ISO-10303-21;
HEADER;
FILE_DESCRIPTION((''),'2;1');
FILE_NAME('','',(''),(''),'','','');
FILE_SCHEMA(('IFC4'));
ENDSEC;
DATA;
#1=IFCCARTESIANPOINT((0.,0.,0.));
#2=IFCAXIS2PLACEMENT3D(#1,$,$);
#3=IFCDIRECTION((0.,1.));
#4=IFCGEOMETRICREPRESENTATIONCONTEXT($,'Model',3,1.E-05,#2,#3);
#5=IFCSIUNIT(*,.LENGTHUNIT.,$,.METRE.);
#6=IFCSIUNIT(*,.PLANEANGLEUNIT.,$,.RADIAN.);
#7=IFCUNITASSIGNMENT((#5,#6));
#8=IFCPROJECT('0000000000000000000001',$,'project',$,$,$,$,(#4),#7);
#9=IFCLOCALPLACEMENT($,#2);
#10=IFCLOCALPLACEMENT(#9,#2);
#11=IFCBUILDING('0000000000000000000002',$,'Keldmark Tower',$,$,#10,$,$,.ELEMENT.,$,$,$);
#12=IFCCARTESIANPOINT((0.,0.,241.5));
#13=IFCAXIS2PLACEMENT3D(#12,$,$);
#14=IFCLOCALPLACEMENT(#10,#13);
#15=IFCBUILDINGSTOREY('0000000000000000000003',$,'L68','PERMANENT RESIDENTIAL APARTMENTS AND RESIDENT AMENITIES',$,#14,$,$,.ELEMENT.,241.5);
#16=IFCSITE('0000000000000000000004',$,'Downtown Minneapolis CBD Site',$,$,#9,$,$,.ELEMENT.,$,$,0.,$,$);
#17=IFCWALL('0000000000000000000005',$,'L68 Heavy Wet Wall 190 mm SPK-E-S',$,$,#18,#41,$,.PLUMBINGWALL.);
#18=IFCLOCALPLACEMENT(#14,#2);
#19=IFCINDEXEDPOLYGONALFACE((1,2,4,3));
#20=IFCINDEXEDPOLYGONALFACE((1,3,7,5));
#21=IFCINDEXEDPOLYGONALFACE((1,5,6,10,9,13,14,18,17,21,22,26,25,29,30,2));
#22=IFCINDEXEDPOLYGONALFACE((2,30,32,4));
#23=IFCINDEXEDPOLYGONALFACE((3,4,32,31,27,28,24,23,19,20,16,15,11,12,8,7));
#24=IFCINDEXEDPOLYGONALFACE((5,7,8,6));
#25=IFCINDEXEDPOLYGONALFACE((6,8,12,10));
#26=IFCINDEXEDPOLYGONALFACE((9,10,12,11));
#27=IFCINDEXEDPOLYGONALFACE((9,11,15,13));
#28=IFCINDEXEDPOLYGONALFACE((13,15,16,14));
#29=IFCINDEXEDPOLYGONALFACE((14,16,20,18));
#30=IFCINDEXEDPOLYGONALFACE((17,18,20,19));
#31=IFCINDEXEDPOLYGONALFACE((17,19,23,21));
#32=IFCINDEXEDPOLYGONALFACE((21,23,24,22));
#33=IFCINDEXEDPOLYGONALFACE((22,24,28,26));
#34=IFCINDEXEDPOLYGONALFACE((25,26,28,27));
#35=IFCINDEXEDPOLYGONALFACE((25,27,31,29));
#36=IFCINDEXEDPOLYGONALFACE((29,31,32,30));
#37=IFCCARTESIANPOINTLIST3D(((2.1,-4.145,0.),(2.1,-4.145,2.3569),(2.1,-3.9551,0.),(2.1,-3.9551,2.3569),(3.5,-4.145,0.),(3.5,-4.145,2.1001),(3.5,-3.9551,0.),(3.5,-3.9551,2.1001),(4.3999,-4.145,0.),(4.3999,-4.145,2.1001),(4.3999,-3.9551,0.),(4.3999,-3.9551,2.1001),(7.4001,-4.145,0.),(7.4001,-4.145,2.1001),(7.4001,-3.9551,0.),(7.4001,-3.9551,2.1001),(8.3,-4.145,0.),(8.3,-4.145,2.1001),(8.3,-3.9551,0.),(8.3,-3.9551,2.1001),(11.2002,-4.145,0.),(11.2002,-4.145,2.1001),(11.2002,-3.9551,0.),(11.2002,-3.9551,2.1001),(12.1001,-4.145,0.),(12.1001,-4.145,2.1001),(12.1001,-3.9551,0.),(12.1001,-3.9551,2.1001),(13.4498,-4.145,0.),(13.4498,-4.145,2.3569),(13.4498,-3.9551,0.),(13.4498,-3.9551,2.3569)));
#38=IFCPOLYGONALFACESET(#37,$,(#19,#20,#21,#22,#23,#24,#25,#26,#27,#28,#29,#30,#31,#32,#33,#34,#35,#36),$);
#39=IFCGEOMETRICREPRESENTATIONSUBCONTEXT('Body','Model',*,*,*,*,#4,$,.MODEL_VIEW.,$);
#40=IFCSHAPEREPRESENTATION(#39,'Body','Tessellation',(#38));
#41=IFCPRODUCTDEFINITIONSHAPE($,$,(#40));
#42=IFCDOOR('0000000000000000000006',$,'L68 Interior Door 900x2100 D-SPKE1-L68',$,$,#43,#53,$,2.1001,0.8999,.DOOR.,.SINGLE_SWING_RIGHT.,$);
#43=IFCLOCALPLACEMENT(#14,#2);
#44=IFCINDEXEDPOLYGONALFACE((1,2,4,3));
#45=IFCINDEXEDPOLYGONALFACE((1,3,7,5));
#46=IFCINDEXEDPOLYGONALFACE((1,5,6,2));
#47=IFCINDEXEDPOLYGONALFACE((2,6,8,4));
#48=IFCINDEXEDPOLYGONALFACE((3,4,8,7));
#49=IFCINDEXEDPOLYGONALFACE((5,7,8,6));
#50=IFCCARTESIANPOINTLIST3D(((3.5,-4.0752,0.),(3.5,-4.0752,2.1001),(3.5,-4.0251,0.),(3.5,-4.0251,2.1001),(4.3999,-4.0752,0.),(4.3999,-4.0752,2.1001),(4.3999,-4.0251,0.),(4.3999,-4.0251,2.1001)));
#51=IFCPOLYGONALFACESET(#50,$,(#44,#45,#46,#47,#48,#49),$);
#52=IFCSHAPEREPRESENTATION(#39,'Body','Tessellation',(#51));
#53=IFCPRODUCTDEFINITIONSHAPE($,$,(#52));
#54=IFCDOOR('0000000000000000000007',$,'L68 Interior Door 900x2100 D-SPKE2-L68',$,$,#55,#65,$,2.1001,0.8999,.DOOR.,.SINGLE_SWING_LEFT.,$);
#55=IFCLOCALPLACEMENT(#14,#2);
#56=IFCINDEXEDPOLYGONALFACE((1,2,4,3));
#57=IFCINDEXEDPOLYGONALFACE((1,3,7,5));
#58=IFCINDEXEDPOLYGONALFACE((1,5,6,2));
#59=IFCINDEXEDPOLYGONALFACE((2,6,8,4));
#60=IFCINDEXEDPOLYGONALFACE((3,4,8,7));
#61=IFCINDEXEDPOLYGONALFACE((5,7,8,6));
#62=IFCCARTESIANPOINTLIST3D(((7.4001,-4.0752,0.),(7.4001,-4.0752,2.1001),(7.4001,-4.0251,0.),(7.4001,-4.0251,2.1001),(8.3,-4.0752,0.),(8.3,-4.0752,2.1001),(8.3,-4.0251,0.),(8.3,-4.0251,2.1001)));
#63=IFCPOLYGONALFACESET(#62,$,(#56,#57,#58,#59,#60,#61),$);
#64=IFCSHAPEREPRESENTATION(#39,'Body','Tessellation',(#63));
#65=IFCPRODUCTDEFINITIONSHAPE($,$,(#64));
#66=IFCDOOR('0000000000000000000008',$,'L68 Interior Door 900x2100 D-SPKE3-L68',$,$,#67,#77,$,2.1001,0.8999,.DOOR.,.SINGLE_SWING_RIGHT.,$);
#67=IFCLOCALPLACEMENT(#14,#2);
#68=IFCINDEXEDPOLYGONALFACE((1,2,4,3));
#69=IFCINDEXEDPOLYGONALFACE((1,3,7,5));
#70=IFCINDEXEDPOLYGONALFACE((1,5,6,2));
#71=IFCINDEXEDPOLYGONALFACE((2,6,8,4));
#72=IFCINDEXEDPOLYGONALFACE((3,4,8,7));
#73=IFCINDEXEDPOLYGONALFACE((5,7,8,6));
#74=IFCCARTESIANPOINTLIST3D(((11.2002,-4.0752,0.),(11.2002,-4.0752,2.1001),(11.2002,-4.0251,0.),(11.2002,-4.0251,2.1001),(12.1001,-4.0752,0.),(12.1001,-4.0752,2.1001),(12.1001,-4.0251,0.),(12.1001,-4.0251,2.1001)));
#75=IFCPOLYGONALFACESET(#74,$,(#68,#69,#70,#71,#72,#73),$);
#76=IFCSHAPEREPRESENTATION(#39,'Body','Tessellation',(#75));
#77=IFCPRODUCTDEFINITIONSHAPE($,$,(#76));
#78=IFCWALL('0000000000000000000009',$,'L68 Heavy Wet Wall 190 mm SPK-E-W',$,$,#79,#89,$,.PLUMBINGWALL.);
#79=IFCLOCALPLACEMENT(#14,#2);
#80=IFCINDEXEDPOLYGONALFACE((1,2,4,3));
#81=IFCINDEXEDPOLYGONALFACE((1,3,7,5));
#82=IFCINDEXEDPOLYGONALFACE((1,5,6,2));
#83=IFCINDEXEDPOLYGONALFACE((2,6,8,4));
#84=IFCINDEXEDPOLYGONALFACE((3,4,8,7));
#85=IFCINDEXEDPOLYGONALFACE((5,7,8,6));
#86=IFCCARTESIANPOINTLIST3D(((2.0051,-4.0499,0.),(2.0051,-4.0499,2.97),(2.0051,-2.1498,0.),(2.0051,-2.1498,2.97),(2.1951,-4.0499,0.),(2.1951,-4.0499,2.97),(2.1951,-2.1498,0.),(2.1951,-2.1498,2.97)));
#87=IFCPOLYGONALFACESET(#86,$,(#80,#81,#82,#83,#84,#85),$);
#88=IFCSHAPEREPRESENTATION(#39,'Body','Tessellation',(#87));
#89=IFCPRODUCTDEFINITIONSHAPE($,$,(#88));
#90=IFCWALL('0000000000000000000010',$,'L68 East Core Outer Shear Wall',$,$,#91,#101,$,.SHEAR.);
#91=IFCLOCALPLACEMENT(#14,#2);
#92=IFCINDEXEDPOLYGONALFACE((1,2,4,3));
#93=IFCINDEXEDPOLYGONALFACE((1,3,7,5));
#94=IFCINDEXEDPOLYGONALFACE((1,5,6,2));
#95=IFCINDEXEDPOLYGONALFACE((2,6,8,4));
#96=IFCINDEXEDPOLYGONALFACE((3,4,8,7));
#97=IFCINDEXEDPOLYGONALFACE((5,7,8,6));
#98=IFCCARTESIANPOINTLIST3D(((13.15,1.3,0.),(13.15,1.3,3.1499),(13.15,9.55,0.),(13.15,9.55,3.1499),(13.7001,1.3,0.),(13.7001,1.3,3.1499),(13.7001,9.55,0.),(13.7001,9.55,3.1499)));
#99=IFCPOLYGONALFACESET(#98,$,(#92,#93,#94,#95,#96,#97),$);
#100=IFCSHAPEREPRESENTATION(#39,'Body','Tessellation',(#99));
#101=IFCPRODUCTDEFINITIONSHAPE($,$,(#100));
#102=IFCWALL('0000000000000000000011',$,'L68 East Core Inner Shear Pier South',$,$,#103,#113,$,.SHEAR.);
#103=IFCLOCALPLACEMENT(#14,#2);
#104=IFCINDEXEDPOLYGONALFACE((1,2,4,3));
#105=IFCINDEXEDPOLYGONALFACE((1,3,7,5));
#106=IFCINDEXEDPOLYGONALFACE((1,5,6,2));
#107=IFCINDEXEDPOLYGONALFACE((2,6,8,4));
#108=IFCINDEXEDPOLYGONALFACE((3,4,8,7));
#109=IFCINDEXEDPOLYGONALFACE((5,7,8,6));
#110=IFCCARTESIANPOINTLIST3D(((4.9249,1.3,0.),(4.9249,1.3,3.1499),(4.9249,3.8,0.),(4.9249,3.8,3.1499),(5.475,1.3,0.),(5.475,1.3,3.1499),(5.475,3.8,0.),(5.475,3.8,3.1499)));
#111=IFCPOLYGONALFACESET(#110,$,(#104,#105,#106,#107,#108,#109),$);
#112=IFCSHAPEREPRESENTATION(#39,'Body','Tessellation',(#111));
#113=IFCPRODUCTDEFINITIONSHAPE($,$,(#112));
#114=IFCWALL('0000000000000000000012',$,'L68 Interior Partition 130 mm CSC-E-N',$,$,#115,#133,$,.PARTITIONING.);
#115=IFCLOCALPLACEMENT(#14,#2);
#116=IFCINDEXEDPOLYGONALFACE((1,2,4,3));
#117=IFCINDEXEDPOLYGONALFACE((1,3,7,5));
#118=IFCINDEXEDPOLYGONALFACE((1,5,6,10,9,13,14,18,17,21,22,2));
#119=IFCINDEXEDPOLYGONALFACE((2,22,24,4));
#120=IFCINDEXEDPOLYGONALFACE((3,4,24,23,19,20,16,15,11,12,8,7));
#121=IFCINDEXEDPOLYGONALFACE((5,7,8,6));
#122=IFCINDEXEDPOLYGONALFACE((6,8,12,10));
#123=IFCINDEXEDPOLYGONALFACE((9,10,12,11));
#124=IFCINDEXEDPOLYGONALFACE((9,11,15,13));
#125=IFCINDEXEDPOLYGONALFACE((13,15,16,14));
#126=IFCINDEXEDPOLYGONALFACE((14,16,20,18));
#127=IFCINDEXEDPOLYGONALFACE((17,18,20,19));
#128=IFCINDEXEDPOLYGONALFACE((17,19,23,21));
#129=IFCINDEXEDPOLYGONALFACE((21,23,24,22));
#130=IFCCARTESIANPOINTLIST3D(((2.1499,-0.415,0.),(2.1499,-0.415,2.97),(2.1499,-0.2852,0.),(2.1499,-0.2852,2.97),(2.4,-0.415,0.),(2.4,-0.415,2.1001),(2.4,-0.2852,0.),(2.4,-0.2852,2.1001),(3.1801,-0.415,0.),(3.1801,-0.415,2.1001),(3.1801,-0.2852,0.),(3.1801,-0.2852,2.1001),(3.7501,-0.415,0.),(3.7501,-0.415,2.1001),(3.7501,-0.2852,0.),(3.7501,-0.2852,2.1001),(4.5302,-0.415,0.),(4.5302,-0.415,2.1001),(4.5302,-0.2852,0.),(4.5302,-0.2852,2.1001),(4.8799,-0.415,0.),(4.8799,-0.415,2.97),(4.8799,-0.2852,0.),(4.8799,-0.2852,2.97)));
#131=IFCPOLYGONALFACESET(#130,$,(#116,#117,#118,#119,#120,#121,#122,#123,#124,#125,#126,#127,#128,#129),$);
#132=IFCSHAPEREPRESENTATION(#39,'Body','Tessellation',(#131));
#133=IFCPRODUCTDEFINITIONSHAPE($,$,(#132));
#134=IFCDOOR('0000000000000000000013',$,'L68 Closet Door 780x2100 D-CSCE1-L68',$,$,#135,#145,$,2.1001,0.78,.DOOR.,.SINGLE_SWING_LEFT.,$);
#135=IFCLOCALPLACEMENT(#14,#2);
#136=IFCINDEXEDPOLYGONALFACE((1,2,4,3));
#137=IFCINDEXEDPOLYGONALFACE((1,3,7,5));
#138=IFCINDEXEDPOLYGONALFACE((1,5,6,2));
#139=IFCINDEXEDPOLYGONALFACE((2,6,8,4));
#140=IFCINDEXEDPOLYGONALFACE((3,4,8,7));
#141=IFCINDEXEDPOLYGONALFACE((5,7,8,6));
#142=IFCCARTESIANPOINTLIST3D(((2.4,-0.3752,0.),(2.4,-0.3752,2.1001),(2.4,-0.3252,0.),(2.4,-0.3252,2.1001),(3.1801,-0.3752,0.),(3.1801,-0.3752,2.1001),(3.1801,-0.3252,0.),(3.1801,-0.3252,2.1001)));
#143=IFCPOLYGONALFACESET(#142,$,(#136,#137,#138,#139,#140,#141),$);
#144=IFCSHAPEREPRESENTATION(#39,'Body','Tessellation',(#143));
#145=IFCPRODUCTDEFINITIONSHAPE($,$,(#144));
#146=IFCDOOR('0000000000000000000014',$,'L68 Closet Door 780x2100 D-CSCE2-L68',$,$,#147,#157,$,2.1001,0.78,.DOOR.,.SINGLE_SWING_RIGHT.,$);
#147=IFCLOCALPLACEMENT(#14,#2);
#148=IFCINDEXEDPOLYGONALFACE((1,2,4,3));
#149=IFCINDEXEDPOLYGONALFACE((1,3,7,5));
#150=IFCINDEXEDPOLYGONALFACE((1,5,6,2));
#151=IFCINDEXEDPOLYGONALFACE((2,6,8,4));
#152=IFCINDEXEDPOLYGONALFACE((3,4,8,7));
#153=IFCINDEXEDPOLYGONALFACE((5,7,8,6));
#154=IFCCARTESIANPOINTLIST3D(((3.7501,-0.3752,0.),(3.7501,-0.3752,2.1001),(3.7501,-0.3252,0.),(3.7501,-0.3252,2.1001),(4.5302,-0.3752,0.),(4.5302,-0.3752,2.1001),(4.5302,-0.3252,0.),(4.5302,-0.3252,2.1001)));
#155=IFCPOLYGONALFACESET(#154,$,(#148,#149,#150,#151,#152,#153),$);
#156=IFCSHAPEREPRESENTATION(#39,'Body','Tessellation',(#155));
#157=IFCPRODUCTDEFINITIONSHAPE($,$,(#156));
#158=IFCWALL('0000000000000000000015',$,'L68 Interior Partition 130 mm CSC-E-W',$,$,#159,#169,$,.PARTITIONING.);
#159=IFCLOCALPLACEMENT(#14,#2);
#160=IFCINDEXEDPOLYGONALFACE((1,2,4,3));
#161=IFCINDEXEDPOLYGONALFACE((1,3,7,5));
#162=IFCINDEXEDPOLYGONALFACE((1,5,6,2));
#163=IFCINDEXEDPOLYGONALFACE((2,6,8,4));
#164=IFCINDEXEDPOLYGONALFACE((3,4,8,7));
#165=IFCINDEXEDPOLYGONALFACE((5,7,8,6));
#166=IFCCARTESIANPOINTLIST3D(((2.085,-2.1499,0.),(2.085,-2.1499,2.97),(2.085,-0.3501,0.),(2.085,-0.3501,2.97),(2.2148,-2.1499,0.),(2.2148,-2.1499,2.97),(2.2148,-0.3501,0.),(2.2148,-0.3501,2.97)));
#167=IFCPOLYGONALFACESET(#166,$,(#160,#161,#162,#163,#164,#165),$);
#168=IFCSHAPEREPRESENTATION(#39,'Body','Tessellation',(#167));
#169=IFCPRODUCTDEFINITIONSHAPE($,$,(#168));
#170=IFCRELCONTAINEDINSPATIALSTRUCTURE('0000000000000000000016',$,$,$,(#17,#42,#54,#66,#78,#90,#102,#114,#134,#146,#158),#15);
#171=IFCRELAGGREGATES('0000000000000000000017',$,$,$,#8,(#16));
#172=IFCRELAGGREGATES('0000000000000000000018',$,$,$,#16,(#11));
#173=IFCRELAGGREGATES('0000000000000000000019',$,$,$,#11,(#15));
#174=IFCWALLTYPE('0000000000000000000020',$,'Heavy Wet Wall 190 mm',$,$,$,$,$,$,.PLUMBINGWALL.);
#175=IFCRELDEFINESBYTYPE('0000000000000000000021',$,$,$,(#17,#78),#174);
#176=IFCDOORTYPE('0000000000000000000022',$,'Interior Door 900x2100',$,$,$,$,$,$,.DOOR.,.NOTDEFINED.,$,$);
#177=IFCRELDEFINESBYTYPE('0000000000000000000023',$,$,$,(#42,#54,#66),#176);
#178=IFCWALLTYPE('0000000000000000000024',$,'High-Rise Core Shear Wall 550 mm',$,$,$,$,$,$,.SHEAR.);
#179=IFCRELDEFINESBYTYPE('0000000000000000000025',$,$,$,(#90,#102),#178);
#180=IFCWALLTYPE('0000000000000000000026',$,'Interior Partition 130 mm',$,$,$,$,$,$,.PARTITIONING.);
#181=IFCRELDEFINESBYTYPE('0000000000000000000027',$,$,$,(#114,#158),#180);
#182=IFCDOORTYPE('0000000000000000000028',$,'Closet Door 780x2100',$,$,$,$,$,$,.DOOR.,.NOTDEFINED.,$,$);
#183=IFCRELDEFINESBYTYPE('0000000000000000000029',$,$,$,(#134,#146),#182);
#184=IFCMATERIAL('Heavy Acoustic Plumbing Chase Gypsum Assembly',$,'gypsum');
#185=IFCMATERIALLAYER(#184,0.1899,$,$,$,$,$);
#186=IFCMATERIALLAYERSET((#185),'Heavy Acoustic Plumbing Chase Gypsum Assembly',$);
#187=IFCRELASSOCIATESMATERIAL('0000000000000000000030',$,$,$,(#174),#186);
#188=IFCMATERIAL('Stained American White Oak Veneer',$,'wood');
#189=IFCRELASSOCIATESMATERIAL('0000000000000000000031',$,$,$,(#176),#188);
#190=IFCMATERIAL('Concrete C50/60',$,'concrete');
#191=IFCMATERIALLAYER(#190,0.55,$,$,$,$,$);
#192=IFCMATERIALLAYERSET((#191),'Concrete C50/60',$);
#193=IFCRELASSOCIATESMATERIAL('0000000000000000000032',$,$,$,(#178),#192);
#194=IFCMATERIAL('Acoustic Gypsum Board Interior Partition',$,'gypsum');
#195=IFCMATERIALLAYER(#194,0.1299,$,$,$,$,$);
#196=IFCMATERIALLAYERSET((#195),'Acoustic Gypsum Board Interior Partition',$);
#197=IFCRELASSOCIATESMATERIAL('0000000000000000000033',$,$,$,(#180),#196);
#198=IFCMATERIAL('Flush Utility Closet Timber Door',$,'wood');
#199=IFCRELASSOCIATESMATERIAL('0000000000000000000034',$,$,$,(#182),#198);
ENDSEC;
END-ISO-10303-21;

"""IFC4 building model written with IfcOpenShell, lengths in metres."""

from ifc_helpers import new_model, si_unit, direction, frame, frame_2d, origin, place, context, subcontext, project, spatial, rectangle, extrude, material, layer, layer_set, type_object, element, fill, save


model = new_model("IFC4")

# Units and contexts
model_context = context("Model", 3, precision=1e-05, world=origin(), true_north=direction((0.0, 1.0)))
body_context = subcontext(model_context, "Body", "Model", "MODEL_VIEW")
ifc_project = project(units=[si_unit("LENGTHUNIT", "METRE"), si_unit("PLANEANGLEUNIT", "RADIAN")], contexts=[model_context])

# Site, building, storey
site_placement = place(None, origin())
site = spatial("IfcSite", under=ifc_project, at=site_placement, Name="Downtown Minneapolis CBD Site", CompositionType="ELEMENT", RefElevation=0.0)
building_placement = place(site_placement, origin())
building = spatial("IfcBuilding", under=site, at=building_placement, Name="Keldmark Tower", CompositionType="ELEMENT")
storey_placement = place(building_placement, frame((0.0, 0.0, 241.5)))
storey = spatial("IfcBuildingStorey", under=building, at=storey_placement, Name="L68", Description="PERMANENT RESIDENTIAL APARTMENTS AND RESIDENT AMENITIES", CompositionType="ELEMENT", Elevation=241.5)

# Wall, openings, doors
ifc_material_1 = material(Name="Heavy Acoustic Plumbing Chase Gypsum Assembly", Category="gypsum")
ifc_layer_1 = layer(ifc_material_1, 0.1899)
ifc_layer_set_1 = layer_set([ifc_layer_1], Name="Heavy Acoustic Plumbing Chase Gypsum Assembly")
wall_type_1 = type_object("IfcWallType", Name="Heavy Wet Wall 190 mm", PredefinedType="PLUMBINGWALL", material=ifc_layer_set_1)
wall_1_placement = place(storey_placement, frame((2.1001, -4.05, 0.0), z_axis=(0.0, 0.0, 1.0), x_axis=(1.0, 0.0, 0.0)))
wall_1 = element("IfcWall", 1, at=wall_1_placement, inside=storey, type_object=wall_type_1, Name="L68 Heavy Wet Wall 190 mm SPK-E-S", PredefinedType="PLUMBINGWALL", context=body_context, shape_type="SweptSolid", body=[
    extrude(rectangle(XDim=11.3499, YDim=0.1899, at=frame_2d((5.6748, 0.0))), origin(), (0.0, 0.0, 1.0), 2.3569),
])
opening_1_placement = place(wall_1_placement, frame((1.3999, 0.0, 0.0)))
opening_1 = element("IfcOpeningElement", 2, at=opening_1_placement, cuts=wall_1, PredefinedType="OPENING", context=body_context, shape_type="SweptSolid", body=[
    extrude(rectangle(XDim=0.8999, YDim=2.1001, at=frame_2d((0.45, 1.05))), frame((0.0, 0.105, 0.0), z_axis=(0.0, -1.0, 0.0), x_axis=(1.0, 0.0, 0.0)), (0.0, 0.0, 1.0), 0.21),
])
opening_2_placement = place(wall_1_placement, frame((5.3, 0.0, 0.0)))
opening_2 = element("IfcOpeningElement", 3, at=opening_2_placement, cuts=wall_1, PredefinedType="OPENING", context=body_context, shape_type="SweptSolid", body=[
    extrude(rectangle(XDim=0.8999, YDim=2.1001, at=frame_2d((0.45, 1.05))), frame((0.0, 0.105, 0.0), z_axis=(0.0, -1.0, 0.0), x_axis=(1.0, 0.0, 0.0)), (0.0, 0.0, 1.0), 0.21),
])
opening_3_placement = place(wall_1_placement, frame((9.1001, 0.0, 0.0)))
opening_3 = element("IfcOpeningElement", 4, at=opening_3_placement, cuts=wall_1, PredefinedType="OPENING", context=body_context, shape_type="SweptSolid", body=[
    extrude(rectangle(XDim=0.8999, YDim=2.1001, at=frame_2d((0.45, 1.05))), frame((0.0, 0.105, 0.0), z_axis=(0.0, -1.0, 0.0), x_axis=(1.0, 0.0, 0.0)), (0.0, 0.0, 1.0), 0.21),
])
ifc_material_2 = material(Name="Stained American White Oak Veneer", Category="wood")
door_type_1 = type_object("IfcDoorType", Name="Interior Door 900x2100", OperationType="NOTDEFINED", PredefinedType="DOOR", material=ifc_material_2)
door_1_placement = place(opening_1_placement, origin())
door_1 = element("IfcDoor", 5, at=door_1_placement, inside=storey, type_object=door_type_1, Name="L68 Interior Door 900x2100 D-SPKE1-L68", OperationType="SINGLE_SWING_RIGHT", OverallHeight=2.1001, OverallWidth=0.8999, PredefinedType="DOOR", context=body_context, shape_type="SweptSolid", body=[
    extrude(rectangle(XDim=0.8999, YDim=2.1001, at=frame_2d((0.45, 1.05))), frame((0.0, 0.0249, 0.0), z_axis=(0.0, -1.0, 0.0), x_axis=(1.0, 0.0, 0.0)), (0.0, 0.0, 1.0), 0.05),
])
fill(opening_1, door_1)
door_2_placement = place(opening_2_placement, origin())
door_2 = element("IfcDoor", 6, at=door_2_placement, inside=storey, type_object=door_type_1, Name="L68 Interior Door 900x2100 D-SPKE2-L68", OperationType="SINGLE_SWING_LEFT", OverallHeight=2.1001, OverallWidth=0.8999, PredefinedType="DOOR", context=body_context, shape_type="SweptSolid", body=[
    extrude(rectangle(XDim=0.8999, YDim=2.1001, at=frame_2d((0.45, 1.05))), frame((0.0, 0.0249, 0.0), z_axis=(0.0, -1.0, 0.0), x_axis=(1.0, 0.0, 0.0)), (0.0, 0.0, 1.0), 0.05),
])
fill(opening_2, door_2)
door_3_placement = place(opening_3_placement, origin())
door_3 = element("IfcDoor", 7, at=door_3_placement, inside=storey, type_object=door_type_1, Name="L68 Interior Door 900x2100 D-SPKE3-L68", OperationType="SINGLE_SWING_RIGHT", OverallHeight=2.1001, OverallWidth=0.8999, PredefinedType="DOOR", context=body_context, shape_type="SweptSolid", body=[
    extrude(rectangle(XDim=0.8999, YDim=2.1001, at=frame_2d((0.45, 1.05))), frame((0.0, 0.0249, 0.0), z_axis=(0.0, -1.0, 0.0), x_axis=(1.0, 0.0, 0.0)), (0.0, 0.0, 1.0), 0.05),
])
fill(opening_3, door_3)

# Walls
wall_2_placement = place(storey_placement, frame((2.1001, -4.05, 0.0), z_axis=(0.0, 0.0, 1.0), x_axis=(0.0, 1.0, 0.0)))
element("IfcWall", 8, at=wall_2_placement, inside=storey, type_object=wall_type_1, Name="L68 Heavy Wet Wall 190 mm SPK-E-W", PredefinedType="PLUMBINGWALL", context=body_context, shape_type="SweptSolid", body=[
    extrude(rectangle(XDim=1.9001, YDim=0.1899, at=frame_2d((0.9502, 0.0))), origin(), (0.0, 0.0, 1.0), 2.97),
])
ifc_material_3 = material(Name="Concrete C50/60", Category="concrete")
ifc_layer_2 = layer(ifc_material_3, 0.55)
ifc_layer_set_2 = layer_set([ifc_layer_2], Name="Concrete C50/60")
wall_type_2 = type_object("IfcWallType", Name="High-Rise Core Shear Wall 550 mm", PredefinedType="SHEAR", material=ifc_layer_set_2)
wall_3_placement = place(storey_placement, frame((13.425, 1.3, 0.0), z_axis=(0.0, 0.0, 1.0), x_axis=(0.0, 1.0, 0.0)))
element("IfcWall", 9, at=wall_3_placement, inside=storey, type_object=wall_type_2, Name="L68 East Core Outer Shear Wall", PredefinedType="SHEAR", context=body_context, shape_type="SweptSolid", body=[
    extrude(rectangle(XDim=8.25, YDim=0.55, at=frame_2d((4.125, 0.0))), origin(), (0.0, 0.0, 1.0), 3.1499),
])
wall_4_placement = place(storey_placement, frame((5.2, 1.3, 0.0), z_axis=(0.0, 0.0, 1.0), x_axis=(0.0, 1.0, 0.0)))
element("IfcWall", 10, at=wall_4_placement, inside=storey, type_object=wall_type_2, Name="L68 East Core Inner Shear Pier South", PredefinedType="SHEAR", context=body_context, shape_type="SweptSolid", body=[
    extrude(rectangle(XDim=2.5, YDim=0.55, at=frame_2d((1.25, 0.0))), origin(), (0.0, 0.0, 1.0), 3.1499),
])

# Wall, openings, doors
ifc_material_4 = material(Name="Acoustic Gypsum Board Interior Partition", Category="gypsum")
ifc_layer_3 = layer(ifc_material_4, 0.1299)
ifc_layer_set_3 = layer_set([ifc_layer_3], Name="Acoustic Gypsum Board Interior Partition")
wall_type_3 = type_object("IfcWallType", Name="Interior Partition 130 mm", PredefinedType="PARTITIONING", material=ifc_layer_set_3)
wall_5_placement = place(storey_placement, frame((2.1499, -0.3501, 0.0), z_axis=(0.0, 0.0, 1.0), x_axis=(1.0, 0.0, 0.0)))
wall_5 = element("IfcWall", 11, at=wall_5_placement, inside=storey, type_object=wall_type_3, Name="L68 Interior Partition 130 mm CSC-E-N", PredefinedType="PARTITIONING", context=body_context, shape_type="SweptSolid", body=[
    extrude(rectangle(XDim=2.73, YDim=0.1299, at=frame_2d((1.365, 0.0))), origin(), (0.0, 0.0, 1.0), 2.97),
])
opening_4_placement = place(wall_5_placement, frame((0.25, 0.0, 0.0)))
opening_4 = element("IfcOpeningElement", 12, at=opening_4_placement, cuts=wall_5, PredefinedType="OPENING", context=body_context, shape_type="SweptSolid", body=[
    extrude(rectangle(XDim=0.78, YDim=2.1001, at=frame_2d((0.3901, 1.05))), frame((0.0, 0.075, 0.0), z_axis=(0.0, -1.0, 0.0), x_axis=(1.0, 0.0, 0.0)), (0.0, 0.0, 1.0), 0.1499),
])
opening_5_placement = place(wall_5_placement, frame((1.6001, 0.0, 0.0)))
opening_5 = element("IfcOpeningElement", 13, at=opening_5_placement, cuts=wall_5, PredefinedType="OPENING", context=body_context, shape_type="SweptSolid", body=[
    extrude(rectangle(XDim=0.78, YDim=2.1001, at=frame_2d((0.3901, 1.05))), frame((0.0, 0.075, 0.0), z_axis=(0.0, -1.0, 0.0), x_axis=(1.0, 0.0, 0.0)), (0.0, 0.0, 1.0), 0.1499),
])
ifc_material_5 = material(Name="Flush Utility Closet Timber Door", Category="wood")
door_type_2 = type_object("IfcDoorType", Name="Closet Door 780x2100", OperationType="NOTDEFINED", PredefinedType="DOOR", material=ifc_material_5)
door_4_placement = place(opening_4_placement, origin())
door_4 = element("IfcDoor", 14, at=door_4_placement, inside=storey, type_object=door_type_2, Name="L68 Closet Door 780x2100 D-CSCE1-L68", OperationType="SINGLE_SWING_LEFT", OverallHeight=2.1001, OverallWidth=0.78, PredefinedType="DOOR", context=body_context, shape_type="SweptSolid", body=[
    extrude(rectangle(XDim=0.78, YDim=2.1001, at=frame_2d((0.3901, 1.05))), frame((0.0, 0.0249, 0.0), z_axis=(0.0, -1.0, 0.0), x_axis=(1.0, 0.0, 0.0)), (0.0, 0.0, 1.0), 0.05),
])
fill(opening_4, door_4)
door_5_placement = place(opening_5_placement, origin())
door_5 = element("IfcDoor", 15, at=door_5_placement, inside=storey, type_object=door_type_2, Name="L68 Closet Door 780x2100 D-CSCE2-L68", OperationType="SINGLE_SWING_RIGHT", OverallHeight=2.1001, OverallWidth=0.78, PredefinedType="DOOR", context=body_context, shape_type="SweptSolid", body=[
    extrude(rectangle(XDim=0.78, YDim=2.1001, at=frame_2d((0.3901, 1.05))), frame((0.0, 0.0249, 0.0), z_axis=(0.0, -1.0, 0.0), x_axis=(1.0, 0.0, 0.0)), (0.0, 0.0, 1.0), 0.05),
])
fill(opening_5, door_5)

# Wall
for number, where, z_axis, x_axis, name in (
    (16, (2.1499, -2.1499, 0.0), (0.0, 0.0, 1.0), (0.0, 1.0, 0.0), "L68 Interior Partition 130 mm CSC-E-W"),
):
    element("IfcWall", number, at=place(storey_placement, frame(where, z_axis=z_axis, x_axis=x_axis)), inside=storey, type_object=wall_type_3, Name=name, PredefinedType="PARTITIONING", context=body_context, shape_type="SweptSolid", body=[
        extrude(rectangle(XDim=1.7998, YDim=0.1299, at=frame_2d((0.8999, 0.0))), origin(), (0.0, 0.0, 1.0), 2.97),
    ])

save(model, "model.ifc")
